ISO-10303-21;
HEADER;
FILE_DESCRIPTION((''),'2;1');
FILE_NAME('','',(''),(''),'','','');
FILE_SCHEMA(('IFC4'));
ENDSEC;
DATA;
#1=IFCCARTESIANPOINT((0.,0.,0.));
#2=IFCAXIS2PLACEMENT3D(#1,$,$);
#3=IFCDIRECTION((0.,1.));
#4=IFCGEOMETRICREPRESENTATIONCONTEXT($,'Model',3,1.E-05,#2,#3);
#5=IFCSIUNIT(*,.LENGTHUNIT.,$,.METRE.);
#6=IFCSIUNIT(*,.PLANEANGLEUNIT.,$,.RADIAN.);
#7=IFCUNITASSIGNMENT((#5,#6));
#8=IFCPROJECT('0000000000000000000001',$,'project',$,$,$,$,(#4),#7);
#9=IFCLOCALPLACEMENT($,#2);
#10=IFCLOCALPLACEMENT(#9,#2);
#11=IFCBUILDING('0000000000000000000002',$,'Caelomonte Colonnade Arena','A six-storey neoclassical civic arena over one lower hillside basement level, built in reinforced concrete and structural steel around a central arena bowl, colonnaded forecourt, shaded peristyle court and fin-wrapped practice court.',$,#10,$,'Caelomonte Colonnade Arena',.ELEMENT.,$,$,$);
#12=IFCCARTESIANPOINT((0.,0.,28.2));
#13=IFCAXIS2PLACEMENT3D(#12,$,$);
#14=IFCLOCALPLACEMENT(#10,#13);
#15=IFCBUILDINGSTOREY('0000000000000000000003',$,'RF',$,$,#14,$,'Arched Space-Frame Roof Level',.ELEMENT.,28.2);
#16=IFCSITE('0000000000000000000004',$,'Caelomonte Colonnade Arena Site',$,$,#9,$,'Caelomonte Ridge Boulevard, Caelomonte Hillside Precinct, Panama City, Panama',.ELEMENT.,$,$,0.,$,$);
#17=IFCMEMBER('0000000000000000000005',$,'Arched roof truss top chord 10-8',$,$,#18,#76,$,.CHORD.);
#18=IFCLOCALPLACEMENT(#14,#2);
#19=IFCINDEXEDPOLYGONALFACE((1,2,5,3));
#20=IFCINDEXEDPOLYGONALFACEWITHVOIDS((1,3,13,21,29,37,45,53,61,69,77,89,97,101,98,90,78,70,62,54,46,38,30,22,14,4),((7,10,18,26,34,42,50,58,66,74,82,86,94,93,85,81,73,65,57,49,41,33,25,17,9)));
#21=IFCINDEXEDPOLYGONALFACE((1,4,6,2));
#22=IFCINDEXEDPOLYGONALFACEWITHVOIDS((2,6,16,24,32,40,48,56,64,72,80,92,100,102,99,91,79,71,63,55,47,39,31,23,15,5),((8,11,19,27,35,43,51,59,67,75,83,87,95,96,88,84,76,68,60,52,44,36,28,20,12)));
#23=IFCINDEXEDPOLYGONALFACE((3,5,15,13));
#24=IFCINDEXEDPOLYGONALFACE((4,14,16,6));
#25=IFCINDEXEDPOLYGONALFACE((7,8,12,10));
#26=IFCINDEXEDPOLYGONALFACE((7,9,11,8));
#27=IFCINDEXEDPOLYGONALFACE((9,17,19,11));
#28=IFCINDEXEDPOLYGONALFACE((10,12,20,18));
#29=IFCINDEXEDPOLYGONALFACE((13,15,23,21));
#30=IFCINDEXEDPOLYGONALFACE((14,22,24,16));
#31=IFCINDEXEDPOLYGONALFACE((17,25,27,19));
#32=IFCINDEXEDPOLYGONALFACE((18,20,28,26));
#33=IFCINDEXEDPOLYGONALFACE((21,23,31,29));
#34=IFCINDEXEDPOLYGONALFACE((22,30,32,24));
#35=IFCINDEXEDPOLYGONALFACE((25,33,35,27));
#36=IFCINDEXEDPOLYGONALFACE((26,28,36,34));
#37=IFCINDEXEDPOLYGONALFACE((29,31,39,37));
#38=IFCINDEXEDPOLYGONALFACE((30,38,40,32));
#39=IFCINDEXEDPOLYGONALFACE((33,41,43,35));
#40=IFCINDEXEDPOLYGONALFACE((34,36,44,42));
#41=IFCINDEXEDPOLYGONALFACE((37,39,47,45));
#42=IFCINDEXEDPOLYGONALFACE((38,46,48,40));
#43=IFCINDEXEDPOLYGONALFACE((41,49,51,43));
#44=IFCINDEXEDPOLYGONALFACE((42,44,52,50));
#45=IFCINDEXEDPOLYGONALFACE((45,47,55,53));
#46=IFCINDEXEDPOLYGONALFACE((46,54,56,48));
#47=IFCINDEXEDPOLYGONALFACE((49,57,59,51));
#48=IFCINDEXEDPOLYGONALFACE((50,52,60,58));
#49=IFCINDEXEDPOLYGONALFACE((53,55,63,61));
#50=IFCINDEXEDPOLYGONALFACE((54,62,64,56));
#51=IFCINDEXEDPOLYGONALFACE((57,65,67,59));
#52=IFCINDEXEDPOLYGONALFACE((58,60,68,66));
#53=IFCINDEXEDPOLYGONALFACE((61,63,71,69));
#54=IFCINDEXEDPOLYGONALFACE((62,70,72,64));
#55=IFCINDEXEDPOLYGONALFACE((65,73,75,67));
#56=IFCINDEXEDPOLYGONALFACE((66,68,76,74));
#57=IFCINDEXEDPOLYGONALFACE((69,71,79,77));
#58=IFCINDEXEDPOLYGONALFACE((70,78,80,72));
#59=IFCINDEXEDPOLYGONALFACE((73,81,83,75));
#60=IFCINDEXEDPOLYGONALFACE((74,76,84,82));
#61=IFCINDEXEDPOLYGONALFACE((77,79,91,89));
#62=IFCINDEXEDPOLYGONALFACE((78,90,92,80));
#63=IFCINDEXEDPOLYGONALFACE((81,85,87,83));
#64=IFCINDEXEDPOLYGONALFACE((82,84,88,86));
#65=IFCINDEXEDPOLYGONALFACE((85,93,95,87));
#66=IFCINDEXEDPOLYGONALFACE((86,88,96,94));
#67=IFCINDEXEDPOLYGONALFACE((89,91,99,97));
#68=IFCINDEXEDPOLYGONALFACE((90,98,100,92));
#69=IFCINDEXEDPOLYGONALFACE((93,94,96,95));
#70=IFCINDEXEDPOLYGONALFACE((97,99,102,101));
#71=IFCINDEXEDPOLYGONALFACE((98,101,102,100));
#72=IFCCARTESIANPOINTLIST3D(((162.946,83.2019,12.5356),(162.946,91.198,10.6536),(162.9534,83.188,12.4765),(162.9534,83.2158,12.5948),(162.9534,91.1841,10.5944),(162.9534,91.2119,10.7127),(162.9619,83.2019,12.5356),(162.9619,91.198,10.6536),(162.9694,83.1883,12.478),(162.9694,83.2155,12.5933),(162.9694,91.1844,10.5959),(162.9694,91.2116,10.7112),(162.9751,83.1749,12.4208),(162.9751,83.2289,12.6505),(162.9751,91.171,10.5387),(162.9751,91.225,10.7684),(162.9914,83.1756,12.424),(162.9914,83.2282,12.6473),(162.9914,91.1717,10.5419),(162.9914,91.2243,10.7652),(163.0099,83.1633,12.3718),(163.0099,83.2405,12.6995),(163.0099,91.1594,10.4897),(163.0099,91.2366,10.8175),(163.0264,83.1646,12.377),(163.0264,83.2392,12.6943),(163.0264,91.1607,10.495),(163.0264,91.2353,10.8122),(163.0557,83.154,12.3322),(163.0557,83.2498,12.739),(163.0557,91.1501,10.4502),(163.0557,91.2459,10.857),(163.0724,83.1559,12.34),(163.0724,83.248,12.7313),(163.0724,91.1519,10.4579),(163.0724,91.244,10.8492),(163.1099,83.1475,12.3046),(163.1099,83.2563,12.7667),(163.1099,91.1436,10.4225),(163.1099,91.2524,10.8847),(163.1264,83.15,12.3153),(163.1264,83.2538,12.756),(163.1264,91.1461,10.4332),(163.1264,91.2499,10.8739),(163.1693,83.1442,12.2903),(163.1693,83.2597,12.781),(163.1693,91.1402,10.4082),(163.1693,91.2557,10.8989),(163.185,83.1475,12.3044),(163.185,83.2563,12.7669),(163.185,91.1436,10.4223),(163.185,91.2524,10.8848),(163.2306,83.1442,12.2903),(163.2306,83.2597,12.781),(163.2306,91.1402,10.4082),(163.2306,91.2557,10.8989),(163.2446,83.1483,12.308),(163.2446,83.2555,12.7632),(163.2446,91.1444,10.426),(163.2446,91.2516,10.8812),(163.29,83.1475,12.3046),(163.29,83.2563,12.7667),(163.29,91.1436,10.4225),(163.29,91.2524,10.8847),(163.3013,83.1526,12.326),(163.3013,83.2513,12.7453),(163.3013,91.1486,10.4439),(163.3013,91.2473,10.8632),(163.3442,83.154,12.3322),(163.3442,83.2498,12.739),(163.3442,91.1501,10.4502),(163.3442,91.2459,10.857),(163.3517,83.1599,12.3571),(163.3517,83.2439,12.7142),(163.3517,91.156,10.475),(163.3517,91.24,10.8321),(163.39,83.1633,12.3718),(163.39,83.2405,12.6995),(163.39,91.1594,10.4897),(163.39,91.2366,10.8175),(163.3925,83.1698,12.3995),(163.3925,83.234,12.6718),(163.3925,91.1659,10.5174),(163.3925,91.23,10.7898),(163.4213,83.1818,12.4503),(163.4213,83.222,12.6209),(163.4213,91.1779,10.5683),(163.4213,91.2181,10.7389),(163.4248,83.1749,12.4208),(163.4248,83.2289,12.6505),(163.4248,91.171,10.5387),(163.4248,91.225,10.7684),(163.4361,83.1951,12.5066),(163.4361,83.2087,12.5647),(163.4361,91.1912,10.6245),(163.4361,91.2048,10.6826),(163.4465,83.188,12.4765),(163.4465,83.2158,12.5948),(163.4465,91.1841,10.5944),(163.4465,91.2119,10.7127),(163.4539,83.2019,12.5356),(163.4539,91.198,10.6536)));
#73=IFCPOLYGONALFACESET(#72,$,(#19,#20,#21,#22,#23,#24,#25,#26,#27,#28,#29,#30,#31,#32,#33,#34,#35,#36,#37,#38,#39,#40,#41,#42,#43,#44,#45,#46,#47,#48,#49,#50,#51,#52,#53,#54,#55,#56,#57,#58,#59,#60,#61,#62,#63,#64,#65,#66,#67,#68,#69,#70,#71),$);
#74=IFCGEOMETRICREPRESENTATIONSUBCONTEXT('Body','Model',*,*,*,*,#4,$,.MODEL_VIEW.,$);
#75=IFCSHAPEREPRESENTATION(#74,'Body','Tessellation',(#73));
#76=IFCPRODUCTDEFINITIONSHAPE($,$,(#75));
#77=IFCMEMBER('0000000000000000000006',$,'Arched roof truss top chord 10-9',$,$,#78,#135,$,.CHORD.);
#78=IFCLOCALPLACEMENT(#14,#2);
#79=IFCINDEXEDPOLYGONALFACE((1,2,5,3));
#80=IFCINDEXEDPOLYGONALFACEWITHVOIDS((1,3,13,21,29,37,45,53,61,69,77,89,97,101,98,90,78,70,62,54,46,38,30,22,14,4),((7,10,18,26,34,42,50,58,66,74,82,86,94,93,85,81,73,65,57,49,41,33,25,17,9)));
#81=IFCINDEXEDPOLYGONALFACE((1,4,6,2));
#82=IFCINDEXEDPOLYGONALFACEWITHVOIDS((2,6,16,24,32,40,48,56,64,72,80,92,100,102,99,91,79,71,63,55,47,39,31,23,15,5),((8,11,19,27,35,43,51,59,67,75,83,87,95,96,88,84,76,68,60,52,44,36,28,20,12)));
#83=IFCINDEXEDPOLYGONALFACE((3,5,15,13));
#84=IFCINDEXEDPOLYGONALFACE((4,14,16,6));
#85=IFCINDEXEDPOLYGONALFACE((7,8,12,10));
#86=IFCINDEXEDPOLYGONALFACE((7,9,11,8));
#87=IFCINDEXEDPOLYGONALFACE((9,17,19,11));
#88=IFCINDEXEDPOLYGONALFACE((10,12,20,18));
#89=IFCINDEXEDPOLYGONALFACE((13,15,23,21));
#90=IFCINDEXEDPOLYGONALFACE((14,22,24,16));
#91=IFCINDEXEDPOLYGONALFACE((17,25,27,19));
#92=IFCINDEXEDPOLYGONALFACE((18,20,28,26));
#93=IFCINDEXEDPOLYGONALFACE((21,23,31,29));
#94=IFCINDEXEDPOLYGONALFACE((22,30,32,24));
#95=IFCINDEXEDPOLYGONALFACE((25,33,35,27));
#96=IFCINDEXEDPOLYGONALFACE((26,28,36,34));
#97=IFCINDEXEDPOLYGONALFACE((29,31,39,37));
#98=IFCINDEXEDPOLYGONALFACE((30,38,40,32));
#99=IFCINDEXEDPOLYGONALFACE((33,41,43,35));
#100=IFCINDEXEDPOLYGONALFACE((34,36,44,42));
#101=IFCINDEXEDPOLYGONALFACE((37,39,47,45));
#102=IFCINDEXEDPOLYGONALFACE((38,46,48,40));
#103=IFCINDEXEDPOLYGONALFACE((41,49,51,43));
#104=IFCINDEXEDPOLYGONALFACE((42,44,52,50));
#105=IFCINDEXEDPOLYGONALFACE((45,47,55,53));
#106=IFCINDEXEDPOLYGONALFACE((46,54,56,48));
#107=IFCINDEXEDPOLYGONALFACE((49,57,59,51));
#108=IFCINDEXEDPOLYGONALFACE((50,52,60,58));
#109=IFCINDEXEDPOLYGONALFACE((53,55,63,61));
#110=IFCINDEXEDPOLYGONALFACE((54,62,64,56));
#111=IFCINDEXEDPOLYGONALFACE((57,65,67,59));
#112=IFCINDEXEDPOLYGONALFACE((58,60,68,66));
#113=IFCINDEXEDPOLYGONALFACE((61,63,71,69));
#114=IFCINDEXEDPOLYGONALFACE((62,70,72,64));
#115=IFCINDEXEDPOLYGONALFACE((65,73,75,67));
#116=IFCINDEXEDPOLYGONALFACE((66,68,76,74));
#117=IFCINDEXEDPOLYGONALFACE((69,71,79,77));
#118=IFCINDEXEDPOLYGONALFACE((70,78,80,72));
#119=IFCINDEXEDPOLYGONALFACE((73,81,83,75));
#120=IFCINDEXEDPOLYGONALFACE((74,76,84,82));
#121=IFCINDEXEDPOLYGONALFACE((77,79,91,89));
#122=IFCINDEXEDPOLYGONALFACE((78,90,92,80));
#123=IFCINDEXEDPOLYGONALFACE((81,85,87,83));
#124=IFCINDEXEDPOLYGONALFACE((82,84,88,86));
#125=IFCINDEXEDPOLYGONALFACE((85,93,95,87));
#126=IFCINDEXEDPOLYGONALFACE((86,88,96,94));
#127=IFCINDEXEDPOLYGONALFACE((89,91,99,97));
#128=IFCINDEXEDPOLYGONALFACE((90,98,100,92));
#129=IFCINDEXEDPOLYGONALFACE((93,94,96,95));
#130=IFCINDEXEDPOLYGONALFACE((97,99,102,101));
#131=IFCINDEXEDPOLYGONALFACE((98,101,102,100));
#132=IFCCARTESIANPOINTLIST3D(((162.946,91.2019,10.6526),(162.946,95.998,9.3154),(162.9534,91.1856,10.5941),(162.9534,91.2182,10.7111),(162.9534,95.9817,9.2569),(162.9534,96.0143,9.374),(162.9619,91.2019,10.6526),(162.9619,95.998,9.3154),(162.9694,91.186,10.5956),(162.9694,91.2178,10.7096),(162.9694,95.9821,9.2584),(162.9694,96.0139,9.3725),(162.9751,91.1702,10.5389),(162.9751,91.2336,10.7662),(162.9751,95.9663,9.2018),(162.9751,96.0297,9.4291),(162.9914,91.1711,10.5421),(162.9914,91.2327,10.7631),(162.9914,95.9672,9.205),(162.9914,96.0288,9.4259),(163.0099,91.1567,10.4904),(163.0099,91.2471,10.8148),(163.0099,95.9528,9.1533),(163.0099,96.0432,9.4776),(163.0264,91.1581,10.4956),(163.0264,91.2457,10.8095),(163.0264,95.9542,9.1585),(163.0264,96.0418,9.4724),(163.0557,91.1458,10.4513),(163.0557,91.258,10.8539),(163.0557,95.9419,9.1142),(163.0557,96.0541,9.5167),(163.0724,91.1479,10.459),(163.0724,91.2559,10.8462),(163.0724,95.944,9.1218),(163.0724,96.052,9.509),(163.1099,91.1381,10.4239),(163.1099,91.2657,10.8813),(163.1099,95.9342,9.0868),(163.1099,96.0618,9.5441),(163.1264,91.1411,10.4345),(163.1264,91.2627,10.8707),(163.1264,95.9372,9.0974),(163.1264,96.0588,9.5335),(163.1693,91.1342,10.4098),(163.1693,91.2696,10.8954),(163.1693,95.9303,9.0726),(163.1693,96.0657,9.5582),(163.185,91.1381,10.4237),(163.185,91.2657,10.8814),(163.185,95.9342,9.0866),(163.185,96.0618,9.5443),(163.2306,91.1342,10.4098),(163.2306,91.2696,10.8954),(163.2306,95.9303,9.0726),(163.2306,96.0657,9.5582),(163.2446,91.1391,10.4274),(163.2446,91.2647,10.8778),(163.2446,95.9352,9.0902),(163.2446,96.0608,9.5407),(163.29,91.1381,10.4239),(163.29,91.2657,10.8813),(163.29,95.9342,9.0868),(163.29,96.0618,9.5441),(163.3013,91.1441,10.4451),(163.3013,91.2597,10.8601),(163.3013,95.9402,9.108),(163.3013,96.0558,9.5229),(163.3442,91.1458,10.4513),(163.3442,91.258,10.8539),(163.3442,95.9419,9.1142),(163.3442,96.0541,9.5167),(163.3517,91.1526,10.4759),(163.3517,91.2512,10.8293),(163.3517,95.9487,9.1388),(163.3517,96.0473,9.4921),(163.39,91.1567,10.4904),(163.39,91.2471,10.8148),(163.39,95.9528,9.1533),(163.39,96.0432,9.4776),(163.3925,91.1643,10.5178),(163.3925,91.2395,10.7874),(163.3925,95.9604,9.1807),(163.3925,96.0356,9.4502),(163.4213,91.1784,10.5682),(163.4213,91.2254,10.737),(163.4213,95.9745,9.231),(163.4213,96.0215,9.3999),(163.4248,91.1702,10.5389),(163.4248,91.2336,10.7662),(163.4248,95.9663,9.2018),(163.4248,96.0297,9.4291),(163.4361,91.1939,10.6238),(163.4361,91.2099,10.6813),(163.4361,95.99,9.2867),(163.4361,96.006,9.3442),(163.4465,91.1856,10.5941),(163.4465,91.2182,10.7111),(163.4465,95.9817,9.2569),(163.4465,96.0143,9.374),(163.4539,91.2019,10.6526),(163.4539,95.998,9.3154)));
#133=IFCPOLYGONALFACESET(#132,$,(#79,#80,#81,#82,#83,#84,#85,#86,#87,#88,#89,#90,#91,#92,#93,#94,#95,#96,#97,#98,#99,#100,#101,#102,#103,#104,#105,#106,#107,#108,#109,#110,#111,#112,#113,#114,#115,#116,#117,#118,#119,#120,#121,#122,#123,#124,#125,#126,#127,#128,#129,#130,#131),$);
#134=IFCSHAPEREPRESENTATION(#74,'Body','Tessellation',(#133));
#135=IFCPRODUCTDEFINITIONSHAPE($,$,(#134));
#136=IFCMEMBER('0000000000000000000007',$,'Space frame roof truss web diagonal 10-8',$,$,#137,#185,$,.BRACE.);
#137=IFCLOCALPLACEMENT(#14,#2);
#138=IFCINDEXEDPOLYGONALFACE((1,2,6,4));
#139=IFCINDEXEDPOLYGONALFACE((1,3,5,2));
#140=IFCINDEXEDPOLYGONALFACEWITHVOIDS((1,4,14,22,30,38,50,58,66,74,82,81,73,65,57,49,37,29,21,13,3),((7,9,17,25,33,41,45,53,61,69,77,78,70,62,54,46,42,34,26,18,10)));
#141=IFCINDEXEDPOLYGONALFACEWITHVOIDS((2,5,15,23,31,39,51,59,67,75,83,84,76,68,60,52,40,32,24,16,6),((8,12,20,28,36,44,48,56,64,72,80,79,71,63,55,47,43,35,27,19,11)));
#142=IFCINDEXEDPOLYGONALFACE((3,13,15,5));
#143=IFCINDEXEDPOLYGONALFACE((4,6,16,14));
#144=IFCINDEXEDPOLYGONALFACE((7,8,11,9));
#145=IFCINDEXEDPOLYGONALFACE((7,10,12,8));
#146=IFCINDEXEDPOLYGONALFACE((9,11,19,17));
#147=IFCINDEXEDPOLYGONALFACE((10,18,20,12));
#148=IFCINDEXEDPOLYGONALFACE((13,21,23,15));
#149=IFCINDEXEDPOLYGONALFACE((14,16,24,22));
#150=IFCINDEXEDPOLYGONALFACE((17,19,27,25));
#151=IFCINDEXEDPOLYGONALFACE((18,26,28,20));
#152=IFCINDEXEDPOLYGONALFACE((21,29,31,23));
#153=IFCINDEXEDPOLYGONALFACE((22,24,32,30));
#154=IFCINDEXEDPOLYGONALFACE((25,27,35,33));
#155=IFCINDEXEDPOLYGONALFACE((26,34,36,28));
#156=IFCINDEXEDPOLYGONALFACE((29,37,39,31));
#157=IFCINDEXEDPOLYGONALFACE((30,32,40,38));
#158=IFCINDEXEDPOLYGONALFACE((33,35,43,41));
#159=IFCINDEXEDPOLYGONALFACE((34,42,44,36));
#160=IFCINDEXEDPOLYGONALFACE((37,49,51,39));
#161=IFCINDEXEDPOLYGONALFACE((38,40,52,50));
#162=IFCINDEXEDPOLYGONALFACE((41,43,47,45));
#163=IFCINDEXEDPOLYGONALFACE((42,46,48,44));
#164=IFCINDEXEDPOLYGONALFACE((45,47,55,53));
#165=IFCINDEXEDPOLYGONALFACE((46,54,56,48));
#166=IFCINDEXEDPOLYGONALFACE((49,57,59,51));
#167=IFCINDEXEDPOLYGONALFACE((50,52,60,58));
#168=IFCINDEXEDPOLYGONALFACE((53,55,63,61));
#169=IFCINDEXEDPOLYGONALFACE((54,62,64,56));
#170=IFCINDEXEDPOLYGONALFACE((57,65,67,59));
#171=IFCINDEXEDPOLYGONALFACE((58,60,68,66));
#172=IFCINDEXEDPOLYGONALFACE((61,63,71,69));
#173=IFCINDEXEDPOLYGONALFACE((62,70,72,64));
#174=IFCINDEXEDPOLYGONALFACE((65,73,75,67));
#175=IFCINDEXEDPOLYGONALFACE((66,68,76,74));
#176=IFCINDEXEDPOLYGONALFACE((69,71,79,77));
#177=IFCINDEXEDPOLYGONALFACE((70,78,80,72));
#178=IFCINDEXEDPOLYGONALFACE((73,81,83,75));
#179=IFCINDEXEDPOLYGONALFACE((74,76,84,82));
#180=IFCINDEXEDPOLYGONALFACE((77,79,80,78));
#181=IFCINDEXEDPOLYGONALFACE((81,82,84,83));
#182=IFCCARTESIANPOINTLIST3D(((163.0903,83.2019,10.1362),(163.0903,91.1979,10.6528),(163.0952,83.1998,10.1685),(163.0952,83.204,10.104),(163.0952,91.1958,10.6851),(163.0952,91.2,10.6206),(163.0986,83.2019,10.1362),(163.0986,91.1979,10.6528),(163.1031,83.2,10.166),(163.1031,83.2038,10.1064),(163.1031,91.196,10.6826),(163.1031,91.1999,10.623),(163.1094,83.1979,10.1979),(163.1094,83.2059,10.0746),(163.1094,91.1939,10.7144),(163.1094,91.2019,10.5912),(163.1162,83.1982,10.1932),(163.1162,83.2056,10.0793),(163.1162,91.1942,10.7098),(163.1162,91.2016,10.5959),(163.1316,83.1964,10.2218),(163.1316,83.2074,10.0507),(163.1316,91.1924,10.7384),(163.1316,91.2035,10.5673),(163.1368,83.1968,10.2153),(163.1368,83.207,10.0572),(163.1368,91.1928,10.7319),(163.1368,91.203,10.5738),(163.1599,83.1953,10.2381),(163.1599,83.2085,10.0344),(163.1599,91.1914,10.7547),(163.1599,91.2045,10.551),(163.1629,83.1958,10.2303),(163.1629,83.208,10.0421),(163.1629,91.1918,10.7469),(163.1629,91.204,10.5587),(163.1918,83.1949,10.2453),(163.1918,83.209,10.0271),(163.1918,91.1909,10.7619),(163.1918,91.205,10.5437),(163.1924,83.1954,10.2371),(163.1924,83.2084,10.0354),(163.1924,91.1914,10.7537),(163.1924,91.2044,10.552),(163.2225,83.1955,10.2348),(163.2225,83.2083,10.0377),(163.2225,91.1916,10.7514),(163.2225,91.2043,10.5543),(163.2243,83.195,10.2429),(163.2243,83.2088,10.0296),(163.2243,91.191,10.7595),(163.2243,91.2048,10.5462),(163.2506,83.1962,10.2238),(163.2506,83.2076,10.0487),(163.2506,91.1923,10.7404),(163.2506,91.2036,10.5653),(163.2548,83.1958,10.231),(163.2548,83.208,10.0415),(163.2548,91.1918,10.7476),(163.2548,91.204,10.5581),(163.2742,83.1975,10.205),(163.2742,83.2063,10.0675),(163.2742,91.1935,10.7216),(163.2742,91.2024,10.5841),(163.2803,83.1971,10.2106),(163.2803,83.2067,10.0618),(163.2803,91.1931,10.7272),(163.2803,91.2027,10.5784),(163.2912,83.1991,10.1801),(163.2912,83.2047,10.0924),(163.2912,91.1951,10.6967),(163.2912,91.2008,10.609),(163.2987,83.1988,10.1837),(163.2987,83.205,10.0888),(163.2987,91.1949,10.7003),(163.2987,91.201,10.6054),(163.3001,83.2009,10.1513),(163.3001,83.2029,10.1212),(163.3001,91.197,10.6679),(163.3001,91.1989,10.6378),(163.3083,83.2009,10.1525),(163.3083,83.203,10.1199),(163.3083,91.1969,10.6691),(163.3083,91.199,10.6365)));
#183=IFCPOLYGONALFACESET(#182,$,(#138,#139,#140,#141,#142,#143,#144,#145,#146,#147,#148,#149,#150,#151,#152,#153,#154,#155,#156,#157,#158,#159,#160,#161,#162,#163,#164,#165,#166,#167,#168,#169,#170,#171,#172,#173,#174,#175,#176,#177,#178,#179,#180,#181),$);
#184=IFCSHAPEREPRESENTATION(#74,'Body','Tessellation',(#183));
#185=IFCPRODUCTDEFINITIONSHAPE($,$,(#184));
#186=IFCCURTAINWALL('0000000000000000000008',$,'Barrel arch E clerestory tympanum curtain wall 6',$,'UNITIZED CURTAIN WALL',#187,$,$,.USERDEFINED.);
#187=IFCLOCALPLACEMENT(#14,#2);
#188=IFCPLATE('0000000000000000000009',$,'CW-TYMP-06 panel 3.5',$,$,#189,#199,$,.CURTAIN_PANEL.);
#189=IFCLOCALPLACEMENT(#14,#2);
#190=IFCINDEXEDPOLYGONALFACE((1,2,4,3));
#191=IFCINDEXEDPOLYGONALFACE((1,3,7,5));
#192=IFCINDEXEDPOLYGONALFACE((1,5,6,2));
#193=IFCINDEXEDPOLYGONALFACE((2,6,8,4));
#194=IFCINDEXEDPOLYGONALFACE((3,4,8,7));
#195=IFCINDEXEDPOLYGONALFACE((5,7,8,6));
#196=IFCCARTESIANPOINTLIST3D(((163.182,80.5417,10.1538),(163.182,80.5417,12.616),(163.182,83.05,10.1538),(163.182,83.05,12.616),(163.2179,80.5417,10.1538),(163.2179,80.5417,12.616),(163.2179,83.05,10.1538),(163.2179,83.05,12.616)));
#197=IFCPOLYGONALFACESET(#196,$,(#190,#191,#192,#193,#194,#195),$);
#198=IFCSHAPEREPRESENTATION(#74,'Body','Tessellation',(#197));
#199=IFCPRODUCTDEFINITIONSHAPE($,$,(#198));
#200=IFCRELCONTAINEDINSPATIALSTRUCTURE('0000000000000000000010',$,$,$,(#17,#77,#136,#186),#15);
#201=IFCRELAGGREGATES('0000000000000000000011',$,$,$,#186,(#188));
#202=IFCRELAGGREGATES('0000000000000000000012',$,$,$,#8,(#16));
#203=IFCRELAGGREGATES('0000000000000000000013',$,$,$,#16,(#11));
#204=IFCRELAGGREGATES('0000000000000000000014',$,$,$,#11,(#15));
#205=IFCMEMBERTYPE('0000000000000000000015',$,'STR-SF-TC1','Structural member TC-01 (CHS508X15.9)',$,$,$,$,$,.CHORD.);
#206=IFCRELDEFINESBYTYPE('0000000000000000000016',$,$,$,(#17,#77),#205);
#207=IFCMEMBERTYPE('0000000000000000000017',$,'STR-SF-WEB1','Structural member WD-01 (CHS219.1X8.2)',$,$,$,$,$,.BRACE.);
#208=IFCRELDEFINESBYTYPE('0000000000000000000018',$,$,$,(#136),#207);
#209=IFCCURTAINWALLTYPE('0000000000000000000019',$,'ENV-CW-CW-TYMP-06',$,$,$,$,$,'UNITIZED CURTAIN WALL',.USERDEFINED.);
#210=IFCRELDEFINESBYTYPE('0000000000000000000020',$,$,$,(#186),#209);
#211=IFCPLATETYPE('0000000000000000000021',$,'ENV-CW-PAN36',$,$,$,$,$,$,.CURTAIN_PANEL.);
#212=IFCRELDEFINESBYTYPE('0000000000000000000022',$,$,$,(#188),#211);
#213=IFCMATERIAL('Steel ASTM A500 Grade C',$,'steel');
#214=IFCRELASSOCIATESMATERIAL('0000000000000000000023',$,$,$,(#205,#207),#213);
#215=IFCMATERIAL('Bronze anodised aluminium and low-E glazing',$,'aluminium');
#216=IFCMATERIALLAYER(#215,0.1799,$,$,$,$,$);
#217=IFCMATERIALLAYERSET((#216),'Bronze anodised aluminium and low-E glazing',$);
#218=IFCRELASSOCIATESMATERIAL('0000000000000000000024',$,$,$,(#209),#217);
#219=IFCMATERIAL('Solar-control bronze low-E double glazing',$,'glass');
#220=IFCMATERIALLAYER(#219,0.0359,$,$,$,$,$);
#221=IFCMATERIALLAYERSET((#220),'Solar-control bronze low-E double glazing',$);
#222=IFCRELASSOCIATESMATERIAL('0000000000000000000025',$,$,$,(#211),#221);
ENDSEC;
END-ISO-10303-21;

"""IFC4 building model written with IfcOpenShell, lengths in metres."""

from ifc_helpers import new_model, si_unit, direction, frame, origin, origin_2d, place, context, subcontext, project, spatial, rectangle, hollow_circle, extrude, material, layer, layer_set, material_profile, profile_set, type_object, element, aggregate, save


model = new_model("IFC4")

# Units and contexts
model_context = context("Model", 3, precision=1e-05, world=origin(), true_north=direction((0.0, 1.0)))
body_context = subcontext(model_context, "Body", "Model", "MODEL_VIEW")
ifc_project = project(units=[si_unit("LENGTHUNIT", "METRE"), si_unit("PLANEANGLEUNIT", "RADIAN")], contexts=[model_context])

# Site, building, storey
site_placement = place(None, origin())
site = spatial("IfcSite", under=ifc_project, at=site_placement, Name="Caelomonte Colonnade Arena Site", LongName="Caelomonte Ridge Boulevard, Caelomonte Hillside Precinct, Panama City, Panama", CompositionType="ELEMENT", RefElevation=0.0)
building_placement = place(site_placement, origin())
building = spatial("IfcBuilding", under=site, at=building_placement, Name="Caelomonte Colonnade Arena", Description="A six-storey neoclassical civic arena over one lower hillside basement level, built in reinforced concrete and structural steel around a central arena bowl, colonnaded forecourt, shaded peristyle court and fin-wrapped practice court.", LongName="Caelomonte Colonnade Arena", CompositionType="ELEMENT")
storey_placement = place(building_placement, frame((0.0, 0.0, 28.2)))
storey = spatial("IfcBuildingStorey", under=building, at=storey_placement, Name="RF", LongName="Arched Space-Frame Roof Level", CompositionType="ELEMENT", Elevation=28.2)

# Shared definitions
ifc_material_1 = material(Name="Bronze anodised aluminium and low-E glazing", Category="aluminium")

# Members
ifc_material_2 = material(Name="Steel ASTM A500 Grade C", Category="steel")
ifc_material_profile_1 = material_profile(ifc_material_2, hollow_circle(Radius=0.2539, WallThickness=0.0159, at=origin_2d()), Name="CHS508X15.9")
ifc_profile_set_1 = profile_set([ifc_material_profile_1], Name="Steel ASTM A500 Grade C")
member_type_1 = type_object("IfcMemberType", Name="STR-SF-TC1", Description="Structural member TC-01 (CHS508X15.9)", PredefinedType="CHORD", material=ifc_profile_set_1)
member_1_placement = place(storey_placement, frame((163.2, 83.2019, 12.5356), z_axis=(0.0, 0.9734, -0.229114), x_axis=(-1.0, 0.0, 0.0)))
element("IfcMember", 1, at=member_1_placement, inside=storey, type_object=member_type_1, Name="Arched roof truss top chord 10-8", PredefinedType="CHORD", context=body_context, shape_type="SweptSolid", body=[
    extrude(hollow_circle(Radius=0.2539, WallThickness=0.0159, at=origin_2d()), origin(), (0.0, 0.0, 1.0), 8.2146),
])
member_2_placement = place(storey_placement, frame((163.2, 91.2019, 10.6526), z_axis=(0.0, 0.963264, -0.268557), x_axis=(-1.0, 0.0, 0.0)))
element("IfcMember", 2, at=member_2_placement, inside=storey, type_object=member_type_1, Name="Arched roof truss top chord 10-9", PredefinedType="CHORD", context=body_context, shape_type="SweptSolid", body=[
    extrude(hollow_circle(Radius=0.2539, WallThickness=0.0159, at=origin_2d()), origin(), (0.0, 0.0, 1.0), 4.979),
])
ifc_material_profile_2 = material_profile(ifc_material_2, hollow_circle(Radius=0.1096, WallThickness=0.0083, at=origin_2d()), Name="CHS219.1X8.2")
ifc_profile_set_2 = profile_set([ifc_material_profile_2], Name="Steel ASTM A500 Grade C")
member_type_2 = type_object("IfcMemberType", Name="STR-SF-WEB1", Description="Structural member WD-01 (CHS219.1X8.2)", PredefinedType="BRACE", material=ifc_profile_set_2)
member_3_placement = place(storey_placement, frame((163.2, 83.2019, 10.1362), z_axis=(0.0, 0.997919, 0.064472), x_axis=(-1.0, 0.0, 0.0)))
element("IfcMember", 3, at=member_3_placement, inside=storey, type_object=member_type_2, Name="Space frame roof truss web diagonal 10-8", PredefinedType="BRACE", context=body_context, shape_type="SweptSolid", body=[
    extrude(hollow_circle(Radius=0.1096, WallThickness=0.0083, at=origin_2d()), origin(), (0.0, 0.0, 1.0), 8.0127),
])

# Curtain wall, plate
ifc_layer_1 = layer(ifc_material_1, 0.1799)
ifc_layer_set_1 = layer_set([ifc_layer_1], Name="Bronze anodised aluminium and low-E glazing")
curtain_wall_type_1 = type_object("IfcCurtainWallType", Name="ENV-CW-CW-TYMP-06", ElementType="UNITIZED CURTAIN WALL", PredefinedType="USERDEFINED", material=ifc_layer_set_1)
curtain_wall_1_placement = place(storey_placement, origin())
curtain_wall_1 = element("IfcCurtainWall", 4, at=curtain_wall_1_placement, inside=storey, type_object=curtain_wall_type_1, Name="Barrel arch E clerestory tympanum curtain wall 6", ObjectType="UNITIZED CURTAIN WALL", PredefinedType="USERDEFINED")
ifc_material_3 = material(Name="Solar-control bronze low-E double glazing", Category="glass")
ifc_layer_2 = layer(ifc_material_3, 0.0359)
ifc_layer_set_2 = layer_set([ifc_layer_2], Name="Solar-control bronze low-E double glazing")
plate_type_1 = type_object("IfcPlateType", Name="ENV-CW-PAN36", PredefinedType="CURTAIN_PANEL", material=ifc_layer_set_2)
plate_1_placement = place(storey_placement, frame((163.2, 81.7959, 10.1538), z_axis=(0.0, 0.0, 1.0), x_axis=(0.0, 1.0, 0.0)))
plate_1 = element("IfcPlate", 5, at=plate_1_placement, type_object=plate_type_1, Name="CW-TYMP-06 panel 3.5", PredefinedType="CURTAIN_PANEL", context=body_context, shape_type="SweptSolid", body=[
    extrude(rectangle(XDim=2.5083, YDim=0.0359, at=origin_2d()), origin(), (0.0, 0.0, 1.0), 2.4622),
])
aggregate(curtain_wall_1, [plate_1])

save(model, "model.ifc")
